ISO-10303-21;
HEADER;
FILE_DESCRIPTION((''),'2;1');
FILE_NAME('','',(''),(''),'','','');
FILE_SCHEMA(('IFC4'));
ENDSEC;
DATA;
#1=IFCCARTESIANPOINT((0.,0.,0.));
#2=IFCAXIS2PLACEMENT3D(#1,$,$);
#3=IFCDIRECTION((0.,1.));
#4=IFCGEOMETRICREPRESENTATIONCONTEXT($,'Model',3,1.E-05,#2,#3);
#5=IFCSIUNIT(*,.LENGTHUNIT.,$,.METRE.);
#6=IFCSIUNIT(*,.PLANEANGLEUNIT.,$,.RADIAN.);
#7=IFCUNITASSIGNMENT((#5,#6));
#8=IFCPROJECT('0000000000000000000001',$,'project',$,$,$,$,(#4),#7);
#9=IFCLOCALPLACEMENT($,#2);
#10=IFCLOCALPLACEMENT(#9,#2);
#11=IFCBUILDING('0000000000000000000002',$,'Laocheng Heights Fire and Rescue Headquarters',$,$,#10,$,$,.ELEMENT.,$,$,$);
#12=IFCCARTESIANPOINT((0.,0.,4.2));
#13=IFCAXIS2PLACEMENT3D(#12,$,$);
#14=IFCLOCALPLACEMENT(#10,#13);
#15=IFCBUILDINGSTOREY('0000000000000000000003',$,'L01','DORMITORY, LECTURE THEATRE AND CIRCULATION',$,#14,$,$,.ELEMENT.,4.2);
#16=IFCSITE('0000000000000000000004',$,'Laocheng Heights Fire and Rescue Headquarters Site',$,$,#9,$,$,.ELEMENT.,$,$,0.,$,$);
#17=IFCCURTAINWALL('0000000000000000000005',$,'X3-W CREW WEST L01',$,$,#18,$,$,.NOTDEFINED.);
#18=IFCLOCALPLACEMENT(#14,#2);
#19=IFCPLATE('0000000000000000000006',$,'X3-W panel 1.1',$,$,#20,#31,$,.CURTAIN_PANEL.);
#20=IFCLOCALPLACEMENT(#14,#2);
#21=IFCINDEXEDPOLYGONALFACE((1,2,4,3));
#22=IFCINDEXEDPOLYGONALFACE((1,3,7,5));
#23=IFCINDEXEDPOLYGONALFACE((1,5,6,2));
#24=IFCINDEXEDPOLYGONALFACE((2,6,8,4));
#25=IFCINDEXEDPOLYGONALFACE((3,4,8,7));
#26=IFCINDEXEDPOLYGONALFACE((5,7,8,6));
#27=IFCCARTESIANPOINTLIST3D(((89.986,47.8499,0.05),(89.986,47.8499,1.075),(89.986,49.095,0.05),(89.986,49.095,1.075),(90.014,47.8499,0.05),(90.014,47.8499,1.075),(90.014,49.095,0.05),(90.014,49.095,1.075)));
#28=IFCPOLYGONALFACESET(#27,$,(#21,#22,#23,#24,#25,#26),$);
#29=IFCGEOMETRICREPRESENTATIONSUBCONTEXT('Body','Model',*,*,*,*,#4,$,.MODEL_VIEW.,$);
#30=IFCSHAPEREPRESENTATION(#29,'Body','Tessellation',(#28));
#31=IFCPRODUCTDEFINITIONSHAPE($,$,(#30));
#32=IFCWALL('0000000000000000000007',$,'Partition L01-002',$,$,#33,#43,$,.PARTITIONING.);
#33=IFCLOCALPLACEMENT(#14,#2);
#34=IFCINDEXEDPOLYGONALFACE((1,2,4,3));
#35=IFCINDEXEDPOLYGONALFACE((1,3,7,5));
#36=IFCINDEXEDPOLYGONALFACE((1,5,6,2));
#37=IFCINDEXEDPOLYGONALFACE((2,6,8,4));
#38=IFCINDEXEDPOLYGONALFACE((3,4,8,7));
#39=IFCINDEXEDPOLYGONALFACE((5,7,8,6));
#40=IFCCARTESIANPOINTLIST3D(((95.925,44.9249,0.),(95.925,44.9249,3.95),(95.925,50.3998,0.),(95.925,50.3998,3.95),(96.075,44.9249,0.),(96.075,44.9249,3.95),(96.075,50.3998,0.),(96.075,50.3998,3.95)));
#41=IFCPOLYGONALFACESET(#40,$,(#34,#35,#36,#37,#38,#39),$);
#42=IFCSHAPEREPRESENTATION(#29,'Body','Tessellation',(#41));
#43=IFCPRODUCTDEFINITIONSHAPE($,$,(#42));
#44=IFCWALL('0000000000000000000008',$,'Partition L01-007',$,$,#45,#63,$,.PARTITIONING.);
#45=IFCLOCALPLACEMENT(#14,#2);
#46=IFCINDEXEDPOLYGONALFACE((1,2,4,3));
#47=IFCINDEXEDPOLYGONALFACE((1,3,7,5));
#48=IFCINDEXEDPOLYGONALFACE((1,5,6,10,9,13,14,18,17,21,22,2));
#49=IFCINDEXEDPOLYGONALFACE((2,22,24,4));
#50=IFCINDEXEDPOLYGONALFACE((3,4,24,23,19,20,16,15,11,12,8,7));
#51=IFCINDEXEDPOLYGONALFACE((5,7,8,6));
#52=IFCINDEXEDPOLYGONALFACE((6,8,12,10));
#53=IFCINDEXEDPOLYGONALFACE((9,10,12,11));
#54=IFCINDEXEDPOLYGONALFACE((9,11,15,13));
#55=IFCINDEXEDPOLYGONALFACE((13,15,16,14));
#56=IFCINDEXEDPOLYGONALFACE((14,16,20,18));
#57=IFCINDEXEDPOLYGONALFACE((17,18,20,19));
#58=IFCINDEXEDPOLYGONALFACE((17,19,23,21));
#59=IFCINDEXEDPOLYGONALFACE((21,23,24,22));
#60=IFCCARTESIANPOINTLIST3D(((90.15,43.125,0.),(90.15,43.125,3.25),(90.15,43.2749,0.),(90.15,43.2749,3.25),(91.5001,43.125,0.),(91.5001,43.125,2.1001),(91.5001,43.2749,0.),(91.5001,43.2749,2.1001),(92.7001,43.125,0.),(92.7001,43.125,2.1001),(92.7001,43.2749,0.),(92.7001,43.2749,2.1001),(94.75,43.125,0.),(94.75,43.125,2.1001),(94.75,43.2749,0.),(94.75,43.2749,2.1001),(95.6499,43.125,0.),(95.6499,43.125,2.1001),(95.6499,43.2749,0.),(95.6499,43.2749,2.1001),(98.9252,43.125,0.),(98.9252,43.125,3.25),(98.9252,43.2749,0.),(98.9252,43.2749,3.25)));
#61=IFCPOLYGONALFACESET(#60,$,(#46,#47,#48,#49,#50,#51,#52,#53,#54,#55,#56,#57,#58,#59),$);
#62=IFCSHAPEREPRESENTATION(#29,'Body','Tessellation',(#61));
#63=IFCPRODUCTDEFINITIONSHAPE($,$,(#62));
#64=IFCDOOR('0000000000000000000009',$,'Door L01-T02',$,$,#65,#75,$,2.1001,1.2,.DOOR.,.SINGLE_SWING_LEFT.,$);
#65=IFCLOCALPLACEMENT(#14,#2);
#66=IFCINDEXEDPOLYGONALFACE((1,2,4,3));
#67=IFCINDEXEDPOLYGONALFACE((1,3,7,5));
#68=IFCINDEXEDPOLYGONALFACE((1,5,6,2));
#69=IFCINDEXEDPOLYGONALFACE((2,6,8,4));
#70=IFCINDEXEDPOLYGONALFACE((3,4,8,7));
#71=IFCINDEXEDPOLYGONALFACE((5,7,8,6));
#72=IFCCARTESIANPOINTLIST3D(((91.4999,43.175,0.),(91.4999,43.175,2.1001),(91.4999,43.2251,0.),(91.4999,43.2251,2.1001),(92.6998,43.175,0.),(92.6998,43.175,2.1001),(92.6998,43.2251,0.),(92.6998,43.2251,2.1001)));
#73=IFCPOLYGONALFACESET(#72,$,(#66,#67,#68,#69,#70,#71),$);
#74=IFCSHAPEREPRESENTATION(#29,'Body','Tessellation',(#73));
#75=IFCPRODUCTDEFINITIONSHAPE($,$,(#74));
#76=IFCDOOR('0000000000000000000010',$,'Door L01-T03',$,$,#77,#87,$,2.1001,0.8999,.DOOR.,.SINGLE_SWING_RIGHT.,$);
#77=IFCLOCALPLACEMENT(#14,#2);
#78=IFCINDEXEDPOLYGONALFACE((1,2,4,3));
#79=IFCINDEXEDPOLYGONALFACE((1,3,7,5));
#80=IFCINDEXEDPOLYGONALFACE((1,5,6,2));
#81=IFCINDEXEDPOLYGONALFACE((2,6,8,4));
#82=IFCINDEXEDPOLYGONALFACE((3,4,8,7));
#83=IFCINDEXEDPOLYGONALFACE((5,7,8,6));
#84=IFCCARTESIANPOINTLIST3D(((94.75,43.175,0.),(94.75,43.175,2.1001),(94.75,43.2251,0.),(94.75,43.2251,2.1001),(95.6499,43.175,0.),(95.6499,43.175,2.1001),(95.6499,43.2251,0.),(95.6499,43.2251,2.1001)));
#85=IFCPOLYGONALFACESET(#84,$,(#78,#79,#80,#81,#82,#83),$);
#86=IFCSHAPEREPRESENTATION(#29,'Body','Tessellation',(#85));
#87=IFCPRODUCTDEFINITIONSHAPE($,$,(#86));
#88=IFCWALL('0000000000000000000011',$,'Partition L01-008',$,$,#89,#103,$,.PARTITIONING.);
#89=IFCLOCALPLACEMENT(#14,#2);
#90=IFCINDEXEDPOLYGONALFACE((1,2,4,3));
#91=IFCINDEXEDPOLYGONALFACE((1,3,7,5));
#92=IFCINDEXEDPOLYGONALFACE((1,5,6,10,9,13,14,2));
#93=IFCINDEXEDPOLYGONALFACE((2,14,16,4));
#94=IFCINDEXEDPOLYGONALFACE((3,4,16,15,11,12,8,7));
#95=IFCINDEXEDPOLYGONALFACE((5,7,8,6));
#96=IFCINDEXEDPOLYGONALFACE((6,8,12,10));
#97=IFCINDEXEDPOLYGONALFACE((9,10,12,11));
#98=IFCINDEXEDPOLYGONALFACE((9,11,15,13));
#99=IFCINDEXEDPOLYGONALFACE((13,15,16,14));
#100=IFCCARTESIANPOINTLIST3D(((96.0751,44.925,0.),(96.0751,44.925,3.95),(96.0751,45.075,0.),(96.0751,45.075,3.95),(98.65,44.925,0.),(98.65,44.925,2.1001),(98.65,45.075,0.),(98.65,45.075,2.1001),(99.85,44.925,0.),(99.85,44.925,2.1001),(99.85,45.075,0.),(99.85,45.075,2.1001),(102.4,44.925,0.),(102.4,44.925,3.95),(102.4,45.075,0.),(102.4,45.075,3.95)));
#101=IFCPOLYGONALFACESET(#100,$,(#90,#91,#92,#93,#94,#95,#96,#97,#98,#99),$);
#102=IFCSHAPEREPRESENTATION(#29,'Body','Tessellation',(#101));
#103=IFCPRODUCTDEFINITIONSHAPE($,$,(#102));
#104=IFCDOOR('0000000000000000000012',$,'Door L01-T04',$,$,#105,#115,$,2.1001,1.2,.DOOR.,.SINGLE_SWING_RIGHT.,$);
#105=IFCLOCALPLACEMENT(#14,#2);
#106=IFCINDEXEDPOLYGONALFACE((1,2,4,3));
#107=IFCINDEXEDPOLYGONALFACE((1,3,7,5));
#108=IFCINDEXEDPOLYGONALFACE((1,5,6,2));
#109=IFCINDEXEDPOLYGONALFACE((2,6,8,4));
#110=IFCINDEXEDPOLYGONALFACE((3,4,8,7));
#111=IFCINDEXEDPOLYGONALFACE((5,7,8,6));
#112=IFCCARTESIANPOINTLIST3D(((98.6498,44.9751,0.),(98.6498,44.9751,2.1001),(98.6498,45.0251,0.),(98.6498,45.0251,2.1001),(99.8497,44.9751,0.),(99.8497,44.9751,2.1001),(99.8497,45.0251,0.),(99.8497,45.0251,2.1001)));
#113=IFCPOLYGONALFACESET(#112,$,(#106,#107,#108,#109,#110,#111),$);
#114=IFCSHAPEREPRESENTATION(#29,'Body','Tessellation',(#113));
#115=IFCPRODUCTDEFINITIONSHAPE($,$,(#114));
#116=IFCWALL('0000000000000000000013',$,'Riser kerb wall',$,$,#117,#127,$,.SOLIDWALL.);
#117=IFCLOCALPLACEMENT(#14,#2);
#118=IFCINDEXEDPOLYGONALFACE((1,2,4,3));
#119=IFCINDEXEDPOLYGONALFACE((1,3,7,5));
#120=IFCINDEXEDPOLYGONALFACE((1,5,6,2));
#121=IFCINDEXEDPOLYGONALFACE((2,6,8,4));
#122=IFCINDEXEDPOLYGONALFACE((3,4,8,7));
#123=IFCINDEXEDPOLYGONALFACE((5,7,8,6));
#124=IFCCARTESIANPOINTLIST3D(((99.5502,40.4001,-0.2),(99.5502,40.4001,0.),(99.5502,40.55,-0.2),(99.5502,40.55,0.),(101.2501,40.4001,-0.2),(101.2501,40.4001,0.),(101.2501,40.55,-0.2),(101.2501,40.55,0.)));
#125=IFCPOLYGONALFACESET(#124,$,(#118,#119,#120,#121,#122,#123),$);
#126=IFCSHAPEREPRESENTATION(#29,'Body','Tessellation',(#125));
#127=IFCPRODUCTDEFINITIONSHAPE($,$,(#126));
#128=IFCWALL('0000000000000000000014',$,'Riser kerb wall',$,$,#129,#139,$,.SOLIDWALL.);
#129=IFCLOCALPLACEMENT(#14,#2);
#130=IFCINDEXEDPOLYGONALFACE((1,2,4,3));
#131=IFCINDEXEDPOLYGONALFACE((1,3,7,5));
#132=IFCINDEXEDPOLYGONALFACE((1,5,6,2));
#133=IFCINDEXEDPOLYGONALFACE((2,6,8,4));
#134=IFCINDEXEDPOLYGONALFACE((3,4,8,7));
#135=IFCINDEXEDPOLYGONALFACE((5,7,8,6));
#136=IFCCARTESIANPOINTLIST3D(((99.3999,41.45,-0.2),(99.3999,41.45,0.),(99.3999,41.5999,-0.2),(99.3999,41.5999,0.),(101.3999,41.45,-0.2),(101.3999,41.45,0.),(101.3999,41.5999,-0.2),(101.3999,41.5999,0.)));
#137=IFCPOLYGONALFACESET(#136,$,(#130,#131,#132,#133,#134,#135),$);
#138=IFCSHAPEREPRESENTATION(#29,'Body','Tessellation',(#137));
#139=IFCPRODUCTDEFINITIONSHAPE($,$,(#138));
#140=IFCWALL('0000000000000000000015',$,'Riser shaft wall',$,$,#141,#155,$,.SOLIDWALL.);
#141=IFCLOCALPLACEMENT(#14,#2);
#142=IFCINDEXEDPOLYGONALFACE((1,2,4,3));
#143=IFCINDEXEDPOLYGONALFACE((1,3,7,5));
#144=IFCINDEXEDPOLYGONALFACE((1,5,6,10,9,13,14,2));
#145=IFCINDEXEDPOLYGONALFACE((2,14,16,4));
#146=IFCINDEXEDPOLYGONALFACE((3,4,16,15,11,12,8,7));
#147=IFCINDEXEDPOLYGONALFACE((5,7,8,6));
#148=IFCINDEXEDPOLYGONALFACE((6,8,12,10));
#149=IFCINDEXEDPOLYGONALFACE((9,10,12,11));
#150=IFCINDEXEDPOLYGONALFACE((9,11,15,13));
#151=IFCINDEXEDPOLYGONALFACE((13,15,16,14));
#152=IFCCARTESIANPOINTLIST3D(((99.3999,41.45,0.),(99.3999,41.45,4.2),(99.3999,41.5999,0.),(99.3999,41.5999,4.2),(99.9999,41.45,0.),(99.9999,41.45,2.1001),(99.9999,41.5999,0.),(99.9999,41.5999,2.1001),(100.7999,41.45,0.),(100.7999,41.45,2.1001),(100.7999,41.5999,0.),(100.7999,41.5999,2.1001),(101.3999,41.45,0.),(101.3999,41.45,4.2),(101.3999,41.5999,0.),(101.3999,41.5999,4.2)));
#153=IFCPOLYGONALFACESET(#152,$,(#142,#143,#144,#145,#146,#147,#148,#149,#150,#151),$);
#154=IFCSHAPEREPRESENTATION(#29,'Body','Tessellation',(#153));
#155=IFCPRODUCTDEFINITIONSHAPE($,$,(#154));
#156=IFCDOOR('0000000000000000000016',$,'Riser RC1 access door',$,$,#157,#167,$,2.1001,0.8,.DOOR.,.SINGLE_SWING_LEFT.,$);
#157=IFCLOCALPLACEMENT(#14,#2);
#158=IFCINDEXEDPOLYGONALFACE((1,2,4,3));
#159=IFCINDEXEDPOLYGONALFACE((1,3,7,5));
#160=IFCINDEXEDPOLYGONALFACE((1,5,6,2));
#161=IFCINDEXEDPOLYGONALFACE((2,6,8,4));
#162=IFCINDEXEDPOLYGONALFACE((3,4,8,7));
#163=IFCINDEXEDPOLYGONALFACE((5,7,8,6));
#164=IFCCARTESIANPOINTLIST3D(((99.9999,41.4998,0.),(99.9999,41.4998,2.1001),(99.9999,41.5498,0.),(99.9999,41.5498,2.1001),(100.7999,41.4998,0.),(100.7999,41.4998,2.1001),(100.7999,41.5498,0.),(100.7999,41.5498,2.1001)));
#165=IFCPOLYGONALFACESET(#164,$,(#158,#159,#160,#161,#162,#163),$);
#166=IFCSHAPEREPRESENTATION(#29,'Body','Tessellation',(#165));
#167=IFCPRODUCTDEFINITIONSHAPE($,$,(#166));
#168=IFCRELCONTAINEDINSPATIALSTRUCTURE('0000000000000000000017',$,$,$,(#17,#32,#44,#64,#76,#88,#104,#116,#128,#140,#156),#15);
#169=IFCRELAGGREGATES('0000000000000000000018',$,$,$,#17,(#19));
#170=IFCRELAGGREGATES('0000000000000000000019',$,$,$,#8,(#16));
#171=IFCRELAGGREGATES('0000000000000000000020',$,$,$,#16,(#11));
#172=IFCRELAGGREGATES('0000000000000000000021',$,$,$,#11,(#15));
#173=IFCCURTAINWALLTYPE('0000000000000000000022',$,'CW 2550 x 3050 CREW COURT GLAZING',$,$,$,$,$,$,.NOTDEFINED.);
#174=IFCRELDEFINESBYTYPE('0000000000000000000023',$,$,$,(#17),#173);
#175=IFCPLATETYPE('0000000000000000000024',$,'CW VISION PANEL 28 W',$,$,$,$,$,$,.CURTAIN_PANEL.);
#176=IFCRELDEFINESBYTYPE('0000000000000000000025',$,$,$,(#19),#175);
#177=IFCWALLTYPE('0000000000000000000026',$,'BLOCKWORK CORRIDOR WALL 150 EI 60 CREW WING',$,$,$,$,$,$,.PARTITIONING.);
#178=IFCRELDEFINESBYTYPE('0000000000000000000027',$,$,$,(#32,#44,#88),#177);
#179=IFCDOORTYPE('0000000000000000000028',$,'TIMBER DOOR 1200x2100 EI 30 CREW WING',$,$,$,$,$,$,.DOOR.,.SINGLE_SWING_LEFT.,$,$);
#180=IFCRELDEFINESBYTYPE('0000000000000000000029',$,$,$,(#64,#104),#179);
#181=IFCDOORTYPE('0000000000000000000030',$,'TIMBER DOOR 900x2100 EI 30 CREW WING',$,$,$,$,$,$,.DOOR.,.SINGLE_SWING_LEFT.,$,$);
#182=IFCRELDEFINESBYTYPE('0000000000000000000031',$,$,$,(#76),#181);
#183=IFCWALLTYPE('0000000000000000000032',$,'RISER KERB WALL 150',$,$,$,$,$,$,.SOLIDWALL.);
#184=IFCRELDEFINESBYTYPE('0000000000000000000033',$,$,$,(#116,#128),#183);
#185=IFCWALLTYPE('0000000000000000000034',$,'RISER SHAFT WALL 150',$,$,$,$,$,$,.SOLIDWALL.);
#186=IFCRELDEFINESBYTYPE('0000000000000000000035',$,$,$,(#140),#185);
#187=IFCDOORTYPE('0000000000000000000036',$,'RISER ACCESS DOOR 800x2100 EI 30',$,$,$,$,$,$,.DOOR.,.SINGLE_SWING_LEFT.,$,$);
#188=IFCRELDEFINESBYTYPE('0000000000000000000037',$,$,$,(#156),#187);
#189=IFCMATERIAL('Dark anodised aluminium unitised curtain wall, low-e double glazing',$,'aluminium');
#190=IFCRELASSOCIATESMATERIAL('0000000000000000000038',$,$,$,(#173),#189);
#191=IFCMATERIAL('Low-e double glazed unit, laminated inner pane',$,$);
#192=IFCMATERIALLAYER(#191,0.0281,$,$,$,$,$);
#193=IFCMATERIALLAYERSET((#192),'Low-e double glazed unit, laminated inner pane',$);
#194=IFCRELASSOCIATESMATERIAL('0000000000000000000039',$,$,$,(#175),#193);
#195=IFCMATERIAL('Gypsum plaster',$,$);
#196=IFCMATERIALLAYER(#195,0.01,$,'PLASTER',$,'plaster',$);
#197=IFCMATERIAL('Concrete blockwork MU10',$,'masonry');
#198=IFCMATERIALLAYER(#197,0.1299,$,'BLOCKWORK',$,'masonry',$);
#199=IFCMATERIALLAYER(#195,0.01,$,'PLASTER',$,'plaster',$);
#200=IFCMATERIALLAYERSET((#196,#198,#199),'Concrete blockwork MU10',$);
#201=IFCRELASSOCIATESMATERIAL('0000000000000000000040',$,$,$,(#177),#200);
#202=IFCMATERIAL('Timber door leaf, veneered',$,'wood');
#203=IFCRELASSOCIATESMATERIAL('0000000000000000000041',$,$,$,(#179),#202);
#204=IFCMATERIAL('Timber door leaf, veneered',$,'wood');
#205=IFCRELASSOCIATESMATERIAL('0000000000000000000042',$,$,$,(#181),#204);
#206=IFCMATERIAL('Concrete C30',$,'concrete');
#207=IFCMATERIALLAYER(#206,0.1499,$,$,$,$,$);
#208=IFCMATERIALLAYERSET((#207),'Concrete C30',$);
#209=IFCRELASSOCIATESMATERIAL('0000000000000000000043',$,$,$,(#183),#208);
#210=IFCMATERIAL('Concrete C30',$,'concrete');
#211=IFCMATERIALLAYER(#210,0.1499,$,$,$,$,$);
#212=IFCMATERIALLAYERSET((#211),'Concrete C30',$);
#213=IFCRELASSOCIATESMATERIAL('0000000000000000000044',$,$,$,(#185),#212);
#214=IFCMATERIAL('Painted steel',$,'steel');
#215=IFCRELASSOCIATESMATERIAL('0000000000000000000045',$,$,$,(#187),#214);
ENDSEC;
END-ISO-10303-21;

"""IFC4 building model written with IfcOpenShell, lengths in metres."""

from ifc_helpers import new_model, si_unit, direction, frame, frame_2d, origin, origin_2d, place, context, subcontext, project, spatial, rectangle, extrude, material, layer, layer_set, type_object, element, fill, aggregate, save


model = new_model("IFC4")

# Units and contexts
model_context = context("Model", 3, precision=1e-05, world=origin(), true_north=direction((0.0, 1.0)))
body_context = subcontext(model_context, "Body", "Model", "MODEL_VIEW")
ifc_project = project(units=[si_unit("LENGTHUNIT", "METRE"), si_unit("PLANEANGLEUNIT", "RADIAN")], contexts=[model_context])

# Site, building, storey
site_placement = place(None, origin())
site = spatial("IfcSite", under=ifc_project, at=site_placement, Name="Laocheng Heights Fire and Rescue Headquarters Site", CompositionType="ELEMENT", RefElevation=0.0)
building_placement = place(site_placement, origin())
building = spatial("IfcBuilding", under=site, at=building_placement, Name="Laocheng Heights Fire and Rescue Headquarters", CompositionType="ELEMENT")
storey_placement = place(building_placement, frame((0.0, 0.0, 4.2)))
storey = spatial("IfcBuildingStorey", under=building, at=storey_placement, Name="L01", Description="DORMITORY, LECTURE THEATRE AND CIRCULATION", CompositionType="ELEMENT", Elevation=4.2)

# Curtain wall
ifc_material_1 = material(Name="Dark anodised aluminium unitised curtain wall, low-e double glazing", Category="aluminium")
curtain_wall_type_1 = type_object("IfcCurtainWallType", Name="CW 2550 x 3050 CREW COURT GLAZING", PredefinedType="NOTDEFINED", material=ifc_material_1)
curtain_wall_1_placement = place(storey_placement, origin())
curtain_wall_1 = element("IfcCurtainWall", 1, at=curtain_wall_1_placement, inside=storey, type_object=curtain_wall_type_1, Name="X3-W CREW WEST L01", PredefinedType="NOTDEFINED")

# Plate
ifc_material_2 = material(Name="Low-e double glazed unit, laminated inner pane")
ifc_layer_1 = layer(ifc_material_2, 0.0281)
ifc_layer_set_1 = layer_set([ifc_layer_1], Name="Low-e double glazed unit, laminated inner pane")
plate_type = type_object("IfcPlateType", Name="CW VISION PANEL 28 W", PredefinedType="CURTAIN_PANEL", material=ifc_layer_set_1)
plate_1_placement = place(storey_placement, frame((90.0, 48.4724, 0.05), z_axis=(0.0, 0.0, 1.0), x_axis=(0.0, 1.0, 0.0)))
plate_1 = element("IfcPlate", 2, at=plate_1_placement, type_object=plate_type, Name="X3-W panel 1.1", PredefinedType="CURTAIN_PANEL", context=body_context, shape_type="SweptSolid", body=[
    extrude(rectangle(XDim=1.2451, YDim=0.0281, at=origin_2d()), origin(), (0.0, 0.0, 1.0), 1.0249),
])
aggregate(curtain_wall_1, [plate_1])

# Wall
ifc_material_3 = material(Name="Gypsum plaster")
ifc_layer_2 = layer(ifc_material_3, 0.01, Name="PLASTER", Category="plaster")
ifc_material_4 = material(Name="Concrete blockwork MU10", Category="masonry")
ifc_layer_3 = layer(ifc_material_4, 0.1299, Name="BLOCKWORK", Category="masonry")
ifc_layer_4 = layer(ifc_material_3, 0.01, Name="PLASTER", Category="plaster")
ifc_layer_set_2 = layer_set([ifc_layer_2, ifc_layer_3, ifc_layer_4], Name="Concrete blockwork MU10")
wall_type_1 = type_object("IfcWallType", Name="BLOCKWORK CORRIDOR WALL 150 EI 60 CREW WING", PredefinedType="PARTITIONING", material=ifc_layer_set_2)
wall_1_placement = place(storey_placement, frame((96.0, 44.925, 0.0), z_axis=(0.0, 0.0, 1.0), x_axis=(0.0, 1.0, 0.0)))
element("IfcWall", 3, at=wall_1_placement, inside=storey, type_object=wall_type_1, Name="Partition L01-002", PredefinedType="PARTITIONING", context=body_context, shape_type="SweptSolid", body=[
    extrude(rectangle(XDim=5.4749, YDim=0.1499, at=frame_2d((2.7373, 0.0))), origin(), (0.0, 0.0, 1.0), 3.95),
])

# Wall, openings, doors
wall_2_placement = place(storey_placement, frame((90.1499, 43.2, 0.0), z_axis=(0.0, 0.0, 1.0), x_axis=(1.0, 0.0, 0.0)))
wall_2 = element("IfcWall", 4, at=wall_2_placement, inside=storey, type_object=wall_type_1, Name="Partition L01-007", PredefinedType="PARTITIONING", context=body_context, shape_type="SweptSolid", body=[
    extrude(rectangle(XDim=8.7751, YDim=0.1499, at=frame_2d((4.3877, 0.0))), origin(), (0.0, 0.0, 1.0), 3.25),
])
opening_1_placement = place(wall_2_placement, frame((1.3501, 0.0, 0.0)))
opening_1 = element("IfcOpeningElement", 5, at=opening_1_placement, cuts=wall_2, PredefinedType="OPENING", context=body_context, shape_type="SweptSolid", body=[
    extrude(rectangle(XDim=1.2, YDim=2.1001, at=frame_2d((0.6001, 1.05))), frame((0.0, 0.085, 0.0), z_axis=(0.0, -1.0, 0.0), x_axis=(1.0, 0.0, 0.0)), (0.0, 0.0, 1.0), 0.1699),
])
opening_2_placement = place(wall_2_placement, frame((4.6001, 0.0, 0.0)))
opening_2 = element("IfcOpeningElement", 6, at=opening_2_placement, cuts=wall_2, PredefinedType="OPENING", context=body_context, shape_type="SweptSolid", body=[
    extrude(rectangle(XDim=0.8999, YDim=2.1001, at=frame_2d((0.45, 1.05))), frame((0.0, 0.085, 0.0), z_axis=(0.0, -1.0, 0.0), x_axis=(1.0, 0.0, 0.0)), (0.0, 0.0, 1.0), 0.1699),
])
ifc_material_5 = material(Name="Timber door leaf, veneered", Category="wood")
door_type_1 = type_object("IfcDoorType", Name="TIMBER DOOR 1200x2100 EI 30 CREW WING", OperationType="SINGLE_SWING_LEFT", PredefinedType="DOOR", material=ifc_material_5)
door_1_placement = place(opening_1_placement, frame((1.2, 0.0, 0.0), z_axis=(0.0, 0.0, 1.0), x_axis=(-1.0, 0.0, 0.0)))
door_1 = element("IfcDoor", 7, at=door_1_placement, inside=storey, type_object=door_type_1, Name="Door L01-T02", OperationType="SINGLE_SWING_LEFT", OverallHeight=2.1001, OverallWidth=1.2, PredefinedType="DOOR", context=body_context, shape_type="SweptSolid", body=[
    extrude(rectangle(XDim=1.2, YDim=2.1001, at=frame_2d((0.6001, 1.05))), frame((0.0, 0.0249, 0.0), z_axis=(0.0, -1.0, 0.0), x_axis=(1.0, 0.0, 0.0)), (0.0, 0.0, 1.0), 0.05),
])
fill(opening_1, door_1)
ifc_material_6 = material(Name="Timber door leaf, veneered", Category="wood")
door_type_2 = type_object("IfcDoorType", Name="TIMBER DOOR 900x2100 EI 30 CREW WING", OperationType="SINGLE_SWING_LEFT", PredefinedType="DOOR", material=ifc_material_6)
door_2_placement = place(opening_2_placement, frame((0.8999, 0.0, 0.0), z_axis=(0.0, 0.0, 1.0), x_axis=(-1.0, 0.0, 0.0)))
door_2 = element("IfcDoor", 8, at=door_2_placement, inside=storey, type_object=door_type_2, Name="Door L01-T03", OperationType="SINGLE_SWING_RIGHT", OverallHeight=2.1001, OverallWidth=0.8999, PredefinedType="DOOR", context=body_context, shape_type="SweptSolid", body=[
    extrude(rectangle(XDim=0.8999, YDim=2.1001, at=frame_2d((0.45, 1.05))), frame((0.0, 0.0249, 0.0), z_axis=(0.0, -1.0, 0.0), x_axis=(1.0, 0.0, 0.0)), (0.0, 0.0, 1.0), 0.05),
])
fill(opening_2, door_2)

# Wall, opening, door
wall_3_placement = place(storey_placement, frame((96.075, 45.0, 0.0), z_axis=(0.0, 0.0, 1.0), x_axis=(1.0, 0.0, 0.0)))
wall_3 = element("IfcWall", 9, at=wall_3_placement, inside=storey, type_object=wall_type_1, Name="Partition L01-008", PredefinedType="PARTITIONING", context=body_context, shape_type="SweptSolid", body=[
    extrude(rectangle(XDim=6.325, YDim=0.1499, at=frame_2d((3.1626, 0.0))), origin(), (0.0, 0.0, 1.0), 3.95),
])
opening_3_placement = place(wall_3_placement, frame((2.575, 0.0, 0.0)))
opening_3 = element("IfcOpeningElement", 10, at=opening_3_placement, cuts=wall_3, PredefinedType="OPENING", context=body_context, shape_type="SweptSolid", body=[
    extrude(rectangle(XDim=1.2, YDim=2.1001, at=frame_2d((0.6001, 1.05))), frame((0.0, 0.085, 0.0), z_axis=(0.0, -1.0, 0.0), x_axis=(1.0, 0.0, 0.0)), (0.0, 0.0, 1.0), 0.1699),
])
door_3_placement = place(opening_3_placement, frame((1.2, 0.0, 0.0), z_axis=(0.0, 0.0, 1.0), x_axis=(-1.0, 0.0, 0.0)))
door_3 = element("IfcDoor", 11, at=door_3_placement, inside=storey, type_object=door_type_1, Name="Door L01-T04", OperationType="SINGLE_SWING_RIGHT", OverallHeight=2.1001, OverallWidth=1.2, PredefinedType="DOOR", context=body_context, shape_type="SweptSolid", body=[
    extrude(rectangle(XDim=1.2, YDim=2.1001, at=frame_2d((0.6001, 1.05))), frame((0.0, 0.0249, 0.0), z_axis=(0.0, -1.0, 0.0), x_axis=(1.0, 0.0, 0.0)), (0.0, 0.0, 1.0), 0.05),
])
fill(opening_3, door_3)

# Walls
ifc_material_7 = material(Name="Concrete C30", Category="concrete")
ifc_layer_5 = layer(ifc_material_7, 0.1499)
ifc_layer_set_3 = layer_set([ifc_layer_5], Name="Concrete C30")
wall_type_2 = type_object("IfcWallType", Name="RISER KERB WALL 150", PredefinedType="SOLIDWALL", material=ifc_layer_set_3)
wall_4_placement = place(storey_placement, frame((99.55, 40.4751, -0.2), z_axis=(0.0, 0.0, 1.0), x_axis=(1.0, 0.0, 0.0)))
element("IfcWall", 12, at=wall_4_placement, inside=storey, type_object=wall_type_2, Name="Riser kerb wall", PredefinedType="SOLIDWALL", context=body_context, shape_type="SweptSolid", body=[
    extrude(rectangle(XDim=1.7, YDim=0.1499, at=frame_2d((0.8501, 0.0))), origin(), (0.0, 0.0, 1.0), 0.2),
])
wall_5_placement = place(storey_placement, frame((99.3999, 41.5249, -0.2), z_axis=(0.0, 0.0, 1.0), x_axis=(1.0, 0.0, 0.0)))
element("IfcWall", 13, at=wall_5_placement, inside=storey, type_object=wall_type_2, Name="Riser kerb wall", PredefinedType="SOLIDWALL", context=body_context, shape_type="SweptSolid", body=[
    extrude(rectangle(XDim=2.0, YDim=0.1499, at=frame_2d((1.0, 0.0))), origin(), (0.0, 0.0, 1.0), 0.2),
])

# Wall, opening, door
ifc_material_8 = material(Name="Concrete C30", Category="concrete")
ifc_layer_6 = layer(ifc_material_8, 0.1499)
ifc_layer_set_4 = layer_set([ifc_layer_6], Name="Concrete C30")
wall_type_3 = type_object("IfcWallType", Name="RISER SHAFT WALL 150", PredefinedType="SOLIDWALL", material=ifc_layer_set_4)
wall_6_placement = place(storey_placement, frame((99.3999, 41.5249, 0.0), z_axis=(0.0, 0.0, 1.0), x_axis=(1.0, 0.0, 0.0)))
wall_6 = element("IfcWall", 14, at=wall_6_placement, inside=storey, type_object=wall_type_3, Name="Riser shaft wall", PredefinedType="SOLIDWALL", context=body_context, shape_type="SweptSolid", body=[
    extrude(rectangle(XDim=2.0, YDim=0.1499, at=frame_2d((1.0, 0.0))), origin(), (0.0, 0.0, 1.0), 4.2),
])
opening_4_placement = place(wall_6_placement, frame((0.6001, 0.0, 0.0)))
opening_4 = element("IfcOpeningElement", 15, at=opening_4_placement, cuts=wall_6, PredefinedType="OPENING", context=body_context, shape_type="SweptSolid", body=[
    extrude(rectangle(XDim=0.8, YDim=2.1001, at=frame_2d((0.3999, 1.05))), frame((0.0, 0.085, 0.0), z_axis=(0.0, -1.0, 0.0), x_axis=(1.0, 0.0, 0.0)), (0.0, 0.0, 1.0), 0.1699),
])
ifc_material_9 = material(Name="Painted steel", Category="steel")
door_type_3 = type_object("IfcDoorType", Name="RISER ACCESS DOOR 800x2100 EI 30", OperationType="SINGLE_SWING_LEFT", PredefinedType="DOOR", material=ifc_material_9)
door_4_placement = place(opening_4_placement, origin())
door_4 = element("IfcDoor", 16, at=door_4_placement, inside=storey, type_object=door_type_3, Name="Riser RC1 access door", OperationType="SINGLE_SWING_LEFT", OverallHeight=2.1001, OverallWidth=0.8, PredefinedType="DOOR", context=body_context, shape_type="SweptSolid", body=[
    extrude(rectangle(XDim=0.8, YDim=2.1001, at=frame_2d((0.3999, 1.05))), frame((0.0, 0.0249, 0.0), z_axis=(0.0, -1.0, 0.0), x_axis=(1.0, 0.0, 0.0)), (0.0, 0.0, 1.0), 0.05),
])
fill(opening_4, door_4)

save(model, "model.ifc")
